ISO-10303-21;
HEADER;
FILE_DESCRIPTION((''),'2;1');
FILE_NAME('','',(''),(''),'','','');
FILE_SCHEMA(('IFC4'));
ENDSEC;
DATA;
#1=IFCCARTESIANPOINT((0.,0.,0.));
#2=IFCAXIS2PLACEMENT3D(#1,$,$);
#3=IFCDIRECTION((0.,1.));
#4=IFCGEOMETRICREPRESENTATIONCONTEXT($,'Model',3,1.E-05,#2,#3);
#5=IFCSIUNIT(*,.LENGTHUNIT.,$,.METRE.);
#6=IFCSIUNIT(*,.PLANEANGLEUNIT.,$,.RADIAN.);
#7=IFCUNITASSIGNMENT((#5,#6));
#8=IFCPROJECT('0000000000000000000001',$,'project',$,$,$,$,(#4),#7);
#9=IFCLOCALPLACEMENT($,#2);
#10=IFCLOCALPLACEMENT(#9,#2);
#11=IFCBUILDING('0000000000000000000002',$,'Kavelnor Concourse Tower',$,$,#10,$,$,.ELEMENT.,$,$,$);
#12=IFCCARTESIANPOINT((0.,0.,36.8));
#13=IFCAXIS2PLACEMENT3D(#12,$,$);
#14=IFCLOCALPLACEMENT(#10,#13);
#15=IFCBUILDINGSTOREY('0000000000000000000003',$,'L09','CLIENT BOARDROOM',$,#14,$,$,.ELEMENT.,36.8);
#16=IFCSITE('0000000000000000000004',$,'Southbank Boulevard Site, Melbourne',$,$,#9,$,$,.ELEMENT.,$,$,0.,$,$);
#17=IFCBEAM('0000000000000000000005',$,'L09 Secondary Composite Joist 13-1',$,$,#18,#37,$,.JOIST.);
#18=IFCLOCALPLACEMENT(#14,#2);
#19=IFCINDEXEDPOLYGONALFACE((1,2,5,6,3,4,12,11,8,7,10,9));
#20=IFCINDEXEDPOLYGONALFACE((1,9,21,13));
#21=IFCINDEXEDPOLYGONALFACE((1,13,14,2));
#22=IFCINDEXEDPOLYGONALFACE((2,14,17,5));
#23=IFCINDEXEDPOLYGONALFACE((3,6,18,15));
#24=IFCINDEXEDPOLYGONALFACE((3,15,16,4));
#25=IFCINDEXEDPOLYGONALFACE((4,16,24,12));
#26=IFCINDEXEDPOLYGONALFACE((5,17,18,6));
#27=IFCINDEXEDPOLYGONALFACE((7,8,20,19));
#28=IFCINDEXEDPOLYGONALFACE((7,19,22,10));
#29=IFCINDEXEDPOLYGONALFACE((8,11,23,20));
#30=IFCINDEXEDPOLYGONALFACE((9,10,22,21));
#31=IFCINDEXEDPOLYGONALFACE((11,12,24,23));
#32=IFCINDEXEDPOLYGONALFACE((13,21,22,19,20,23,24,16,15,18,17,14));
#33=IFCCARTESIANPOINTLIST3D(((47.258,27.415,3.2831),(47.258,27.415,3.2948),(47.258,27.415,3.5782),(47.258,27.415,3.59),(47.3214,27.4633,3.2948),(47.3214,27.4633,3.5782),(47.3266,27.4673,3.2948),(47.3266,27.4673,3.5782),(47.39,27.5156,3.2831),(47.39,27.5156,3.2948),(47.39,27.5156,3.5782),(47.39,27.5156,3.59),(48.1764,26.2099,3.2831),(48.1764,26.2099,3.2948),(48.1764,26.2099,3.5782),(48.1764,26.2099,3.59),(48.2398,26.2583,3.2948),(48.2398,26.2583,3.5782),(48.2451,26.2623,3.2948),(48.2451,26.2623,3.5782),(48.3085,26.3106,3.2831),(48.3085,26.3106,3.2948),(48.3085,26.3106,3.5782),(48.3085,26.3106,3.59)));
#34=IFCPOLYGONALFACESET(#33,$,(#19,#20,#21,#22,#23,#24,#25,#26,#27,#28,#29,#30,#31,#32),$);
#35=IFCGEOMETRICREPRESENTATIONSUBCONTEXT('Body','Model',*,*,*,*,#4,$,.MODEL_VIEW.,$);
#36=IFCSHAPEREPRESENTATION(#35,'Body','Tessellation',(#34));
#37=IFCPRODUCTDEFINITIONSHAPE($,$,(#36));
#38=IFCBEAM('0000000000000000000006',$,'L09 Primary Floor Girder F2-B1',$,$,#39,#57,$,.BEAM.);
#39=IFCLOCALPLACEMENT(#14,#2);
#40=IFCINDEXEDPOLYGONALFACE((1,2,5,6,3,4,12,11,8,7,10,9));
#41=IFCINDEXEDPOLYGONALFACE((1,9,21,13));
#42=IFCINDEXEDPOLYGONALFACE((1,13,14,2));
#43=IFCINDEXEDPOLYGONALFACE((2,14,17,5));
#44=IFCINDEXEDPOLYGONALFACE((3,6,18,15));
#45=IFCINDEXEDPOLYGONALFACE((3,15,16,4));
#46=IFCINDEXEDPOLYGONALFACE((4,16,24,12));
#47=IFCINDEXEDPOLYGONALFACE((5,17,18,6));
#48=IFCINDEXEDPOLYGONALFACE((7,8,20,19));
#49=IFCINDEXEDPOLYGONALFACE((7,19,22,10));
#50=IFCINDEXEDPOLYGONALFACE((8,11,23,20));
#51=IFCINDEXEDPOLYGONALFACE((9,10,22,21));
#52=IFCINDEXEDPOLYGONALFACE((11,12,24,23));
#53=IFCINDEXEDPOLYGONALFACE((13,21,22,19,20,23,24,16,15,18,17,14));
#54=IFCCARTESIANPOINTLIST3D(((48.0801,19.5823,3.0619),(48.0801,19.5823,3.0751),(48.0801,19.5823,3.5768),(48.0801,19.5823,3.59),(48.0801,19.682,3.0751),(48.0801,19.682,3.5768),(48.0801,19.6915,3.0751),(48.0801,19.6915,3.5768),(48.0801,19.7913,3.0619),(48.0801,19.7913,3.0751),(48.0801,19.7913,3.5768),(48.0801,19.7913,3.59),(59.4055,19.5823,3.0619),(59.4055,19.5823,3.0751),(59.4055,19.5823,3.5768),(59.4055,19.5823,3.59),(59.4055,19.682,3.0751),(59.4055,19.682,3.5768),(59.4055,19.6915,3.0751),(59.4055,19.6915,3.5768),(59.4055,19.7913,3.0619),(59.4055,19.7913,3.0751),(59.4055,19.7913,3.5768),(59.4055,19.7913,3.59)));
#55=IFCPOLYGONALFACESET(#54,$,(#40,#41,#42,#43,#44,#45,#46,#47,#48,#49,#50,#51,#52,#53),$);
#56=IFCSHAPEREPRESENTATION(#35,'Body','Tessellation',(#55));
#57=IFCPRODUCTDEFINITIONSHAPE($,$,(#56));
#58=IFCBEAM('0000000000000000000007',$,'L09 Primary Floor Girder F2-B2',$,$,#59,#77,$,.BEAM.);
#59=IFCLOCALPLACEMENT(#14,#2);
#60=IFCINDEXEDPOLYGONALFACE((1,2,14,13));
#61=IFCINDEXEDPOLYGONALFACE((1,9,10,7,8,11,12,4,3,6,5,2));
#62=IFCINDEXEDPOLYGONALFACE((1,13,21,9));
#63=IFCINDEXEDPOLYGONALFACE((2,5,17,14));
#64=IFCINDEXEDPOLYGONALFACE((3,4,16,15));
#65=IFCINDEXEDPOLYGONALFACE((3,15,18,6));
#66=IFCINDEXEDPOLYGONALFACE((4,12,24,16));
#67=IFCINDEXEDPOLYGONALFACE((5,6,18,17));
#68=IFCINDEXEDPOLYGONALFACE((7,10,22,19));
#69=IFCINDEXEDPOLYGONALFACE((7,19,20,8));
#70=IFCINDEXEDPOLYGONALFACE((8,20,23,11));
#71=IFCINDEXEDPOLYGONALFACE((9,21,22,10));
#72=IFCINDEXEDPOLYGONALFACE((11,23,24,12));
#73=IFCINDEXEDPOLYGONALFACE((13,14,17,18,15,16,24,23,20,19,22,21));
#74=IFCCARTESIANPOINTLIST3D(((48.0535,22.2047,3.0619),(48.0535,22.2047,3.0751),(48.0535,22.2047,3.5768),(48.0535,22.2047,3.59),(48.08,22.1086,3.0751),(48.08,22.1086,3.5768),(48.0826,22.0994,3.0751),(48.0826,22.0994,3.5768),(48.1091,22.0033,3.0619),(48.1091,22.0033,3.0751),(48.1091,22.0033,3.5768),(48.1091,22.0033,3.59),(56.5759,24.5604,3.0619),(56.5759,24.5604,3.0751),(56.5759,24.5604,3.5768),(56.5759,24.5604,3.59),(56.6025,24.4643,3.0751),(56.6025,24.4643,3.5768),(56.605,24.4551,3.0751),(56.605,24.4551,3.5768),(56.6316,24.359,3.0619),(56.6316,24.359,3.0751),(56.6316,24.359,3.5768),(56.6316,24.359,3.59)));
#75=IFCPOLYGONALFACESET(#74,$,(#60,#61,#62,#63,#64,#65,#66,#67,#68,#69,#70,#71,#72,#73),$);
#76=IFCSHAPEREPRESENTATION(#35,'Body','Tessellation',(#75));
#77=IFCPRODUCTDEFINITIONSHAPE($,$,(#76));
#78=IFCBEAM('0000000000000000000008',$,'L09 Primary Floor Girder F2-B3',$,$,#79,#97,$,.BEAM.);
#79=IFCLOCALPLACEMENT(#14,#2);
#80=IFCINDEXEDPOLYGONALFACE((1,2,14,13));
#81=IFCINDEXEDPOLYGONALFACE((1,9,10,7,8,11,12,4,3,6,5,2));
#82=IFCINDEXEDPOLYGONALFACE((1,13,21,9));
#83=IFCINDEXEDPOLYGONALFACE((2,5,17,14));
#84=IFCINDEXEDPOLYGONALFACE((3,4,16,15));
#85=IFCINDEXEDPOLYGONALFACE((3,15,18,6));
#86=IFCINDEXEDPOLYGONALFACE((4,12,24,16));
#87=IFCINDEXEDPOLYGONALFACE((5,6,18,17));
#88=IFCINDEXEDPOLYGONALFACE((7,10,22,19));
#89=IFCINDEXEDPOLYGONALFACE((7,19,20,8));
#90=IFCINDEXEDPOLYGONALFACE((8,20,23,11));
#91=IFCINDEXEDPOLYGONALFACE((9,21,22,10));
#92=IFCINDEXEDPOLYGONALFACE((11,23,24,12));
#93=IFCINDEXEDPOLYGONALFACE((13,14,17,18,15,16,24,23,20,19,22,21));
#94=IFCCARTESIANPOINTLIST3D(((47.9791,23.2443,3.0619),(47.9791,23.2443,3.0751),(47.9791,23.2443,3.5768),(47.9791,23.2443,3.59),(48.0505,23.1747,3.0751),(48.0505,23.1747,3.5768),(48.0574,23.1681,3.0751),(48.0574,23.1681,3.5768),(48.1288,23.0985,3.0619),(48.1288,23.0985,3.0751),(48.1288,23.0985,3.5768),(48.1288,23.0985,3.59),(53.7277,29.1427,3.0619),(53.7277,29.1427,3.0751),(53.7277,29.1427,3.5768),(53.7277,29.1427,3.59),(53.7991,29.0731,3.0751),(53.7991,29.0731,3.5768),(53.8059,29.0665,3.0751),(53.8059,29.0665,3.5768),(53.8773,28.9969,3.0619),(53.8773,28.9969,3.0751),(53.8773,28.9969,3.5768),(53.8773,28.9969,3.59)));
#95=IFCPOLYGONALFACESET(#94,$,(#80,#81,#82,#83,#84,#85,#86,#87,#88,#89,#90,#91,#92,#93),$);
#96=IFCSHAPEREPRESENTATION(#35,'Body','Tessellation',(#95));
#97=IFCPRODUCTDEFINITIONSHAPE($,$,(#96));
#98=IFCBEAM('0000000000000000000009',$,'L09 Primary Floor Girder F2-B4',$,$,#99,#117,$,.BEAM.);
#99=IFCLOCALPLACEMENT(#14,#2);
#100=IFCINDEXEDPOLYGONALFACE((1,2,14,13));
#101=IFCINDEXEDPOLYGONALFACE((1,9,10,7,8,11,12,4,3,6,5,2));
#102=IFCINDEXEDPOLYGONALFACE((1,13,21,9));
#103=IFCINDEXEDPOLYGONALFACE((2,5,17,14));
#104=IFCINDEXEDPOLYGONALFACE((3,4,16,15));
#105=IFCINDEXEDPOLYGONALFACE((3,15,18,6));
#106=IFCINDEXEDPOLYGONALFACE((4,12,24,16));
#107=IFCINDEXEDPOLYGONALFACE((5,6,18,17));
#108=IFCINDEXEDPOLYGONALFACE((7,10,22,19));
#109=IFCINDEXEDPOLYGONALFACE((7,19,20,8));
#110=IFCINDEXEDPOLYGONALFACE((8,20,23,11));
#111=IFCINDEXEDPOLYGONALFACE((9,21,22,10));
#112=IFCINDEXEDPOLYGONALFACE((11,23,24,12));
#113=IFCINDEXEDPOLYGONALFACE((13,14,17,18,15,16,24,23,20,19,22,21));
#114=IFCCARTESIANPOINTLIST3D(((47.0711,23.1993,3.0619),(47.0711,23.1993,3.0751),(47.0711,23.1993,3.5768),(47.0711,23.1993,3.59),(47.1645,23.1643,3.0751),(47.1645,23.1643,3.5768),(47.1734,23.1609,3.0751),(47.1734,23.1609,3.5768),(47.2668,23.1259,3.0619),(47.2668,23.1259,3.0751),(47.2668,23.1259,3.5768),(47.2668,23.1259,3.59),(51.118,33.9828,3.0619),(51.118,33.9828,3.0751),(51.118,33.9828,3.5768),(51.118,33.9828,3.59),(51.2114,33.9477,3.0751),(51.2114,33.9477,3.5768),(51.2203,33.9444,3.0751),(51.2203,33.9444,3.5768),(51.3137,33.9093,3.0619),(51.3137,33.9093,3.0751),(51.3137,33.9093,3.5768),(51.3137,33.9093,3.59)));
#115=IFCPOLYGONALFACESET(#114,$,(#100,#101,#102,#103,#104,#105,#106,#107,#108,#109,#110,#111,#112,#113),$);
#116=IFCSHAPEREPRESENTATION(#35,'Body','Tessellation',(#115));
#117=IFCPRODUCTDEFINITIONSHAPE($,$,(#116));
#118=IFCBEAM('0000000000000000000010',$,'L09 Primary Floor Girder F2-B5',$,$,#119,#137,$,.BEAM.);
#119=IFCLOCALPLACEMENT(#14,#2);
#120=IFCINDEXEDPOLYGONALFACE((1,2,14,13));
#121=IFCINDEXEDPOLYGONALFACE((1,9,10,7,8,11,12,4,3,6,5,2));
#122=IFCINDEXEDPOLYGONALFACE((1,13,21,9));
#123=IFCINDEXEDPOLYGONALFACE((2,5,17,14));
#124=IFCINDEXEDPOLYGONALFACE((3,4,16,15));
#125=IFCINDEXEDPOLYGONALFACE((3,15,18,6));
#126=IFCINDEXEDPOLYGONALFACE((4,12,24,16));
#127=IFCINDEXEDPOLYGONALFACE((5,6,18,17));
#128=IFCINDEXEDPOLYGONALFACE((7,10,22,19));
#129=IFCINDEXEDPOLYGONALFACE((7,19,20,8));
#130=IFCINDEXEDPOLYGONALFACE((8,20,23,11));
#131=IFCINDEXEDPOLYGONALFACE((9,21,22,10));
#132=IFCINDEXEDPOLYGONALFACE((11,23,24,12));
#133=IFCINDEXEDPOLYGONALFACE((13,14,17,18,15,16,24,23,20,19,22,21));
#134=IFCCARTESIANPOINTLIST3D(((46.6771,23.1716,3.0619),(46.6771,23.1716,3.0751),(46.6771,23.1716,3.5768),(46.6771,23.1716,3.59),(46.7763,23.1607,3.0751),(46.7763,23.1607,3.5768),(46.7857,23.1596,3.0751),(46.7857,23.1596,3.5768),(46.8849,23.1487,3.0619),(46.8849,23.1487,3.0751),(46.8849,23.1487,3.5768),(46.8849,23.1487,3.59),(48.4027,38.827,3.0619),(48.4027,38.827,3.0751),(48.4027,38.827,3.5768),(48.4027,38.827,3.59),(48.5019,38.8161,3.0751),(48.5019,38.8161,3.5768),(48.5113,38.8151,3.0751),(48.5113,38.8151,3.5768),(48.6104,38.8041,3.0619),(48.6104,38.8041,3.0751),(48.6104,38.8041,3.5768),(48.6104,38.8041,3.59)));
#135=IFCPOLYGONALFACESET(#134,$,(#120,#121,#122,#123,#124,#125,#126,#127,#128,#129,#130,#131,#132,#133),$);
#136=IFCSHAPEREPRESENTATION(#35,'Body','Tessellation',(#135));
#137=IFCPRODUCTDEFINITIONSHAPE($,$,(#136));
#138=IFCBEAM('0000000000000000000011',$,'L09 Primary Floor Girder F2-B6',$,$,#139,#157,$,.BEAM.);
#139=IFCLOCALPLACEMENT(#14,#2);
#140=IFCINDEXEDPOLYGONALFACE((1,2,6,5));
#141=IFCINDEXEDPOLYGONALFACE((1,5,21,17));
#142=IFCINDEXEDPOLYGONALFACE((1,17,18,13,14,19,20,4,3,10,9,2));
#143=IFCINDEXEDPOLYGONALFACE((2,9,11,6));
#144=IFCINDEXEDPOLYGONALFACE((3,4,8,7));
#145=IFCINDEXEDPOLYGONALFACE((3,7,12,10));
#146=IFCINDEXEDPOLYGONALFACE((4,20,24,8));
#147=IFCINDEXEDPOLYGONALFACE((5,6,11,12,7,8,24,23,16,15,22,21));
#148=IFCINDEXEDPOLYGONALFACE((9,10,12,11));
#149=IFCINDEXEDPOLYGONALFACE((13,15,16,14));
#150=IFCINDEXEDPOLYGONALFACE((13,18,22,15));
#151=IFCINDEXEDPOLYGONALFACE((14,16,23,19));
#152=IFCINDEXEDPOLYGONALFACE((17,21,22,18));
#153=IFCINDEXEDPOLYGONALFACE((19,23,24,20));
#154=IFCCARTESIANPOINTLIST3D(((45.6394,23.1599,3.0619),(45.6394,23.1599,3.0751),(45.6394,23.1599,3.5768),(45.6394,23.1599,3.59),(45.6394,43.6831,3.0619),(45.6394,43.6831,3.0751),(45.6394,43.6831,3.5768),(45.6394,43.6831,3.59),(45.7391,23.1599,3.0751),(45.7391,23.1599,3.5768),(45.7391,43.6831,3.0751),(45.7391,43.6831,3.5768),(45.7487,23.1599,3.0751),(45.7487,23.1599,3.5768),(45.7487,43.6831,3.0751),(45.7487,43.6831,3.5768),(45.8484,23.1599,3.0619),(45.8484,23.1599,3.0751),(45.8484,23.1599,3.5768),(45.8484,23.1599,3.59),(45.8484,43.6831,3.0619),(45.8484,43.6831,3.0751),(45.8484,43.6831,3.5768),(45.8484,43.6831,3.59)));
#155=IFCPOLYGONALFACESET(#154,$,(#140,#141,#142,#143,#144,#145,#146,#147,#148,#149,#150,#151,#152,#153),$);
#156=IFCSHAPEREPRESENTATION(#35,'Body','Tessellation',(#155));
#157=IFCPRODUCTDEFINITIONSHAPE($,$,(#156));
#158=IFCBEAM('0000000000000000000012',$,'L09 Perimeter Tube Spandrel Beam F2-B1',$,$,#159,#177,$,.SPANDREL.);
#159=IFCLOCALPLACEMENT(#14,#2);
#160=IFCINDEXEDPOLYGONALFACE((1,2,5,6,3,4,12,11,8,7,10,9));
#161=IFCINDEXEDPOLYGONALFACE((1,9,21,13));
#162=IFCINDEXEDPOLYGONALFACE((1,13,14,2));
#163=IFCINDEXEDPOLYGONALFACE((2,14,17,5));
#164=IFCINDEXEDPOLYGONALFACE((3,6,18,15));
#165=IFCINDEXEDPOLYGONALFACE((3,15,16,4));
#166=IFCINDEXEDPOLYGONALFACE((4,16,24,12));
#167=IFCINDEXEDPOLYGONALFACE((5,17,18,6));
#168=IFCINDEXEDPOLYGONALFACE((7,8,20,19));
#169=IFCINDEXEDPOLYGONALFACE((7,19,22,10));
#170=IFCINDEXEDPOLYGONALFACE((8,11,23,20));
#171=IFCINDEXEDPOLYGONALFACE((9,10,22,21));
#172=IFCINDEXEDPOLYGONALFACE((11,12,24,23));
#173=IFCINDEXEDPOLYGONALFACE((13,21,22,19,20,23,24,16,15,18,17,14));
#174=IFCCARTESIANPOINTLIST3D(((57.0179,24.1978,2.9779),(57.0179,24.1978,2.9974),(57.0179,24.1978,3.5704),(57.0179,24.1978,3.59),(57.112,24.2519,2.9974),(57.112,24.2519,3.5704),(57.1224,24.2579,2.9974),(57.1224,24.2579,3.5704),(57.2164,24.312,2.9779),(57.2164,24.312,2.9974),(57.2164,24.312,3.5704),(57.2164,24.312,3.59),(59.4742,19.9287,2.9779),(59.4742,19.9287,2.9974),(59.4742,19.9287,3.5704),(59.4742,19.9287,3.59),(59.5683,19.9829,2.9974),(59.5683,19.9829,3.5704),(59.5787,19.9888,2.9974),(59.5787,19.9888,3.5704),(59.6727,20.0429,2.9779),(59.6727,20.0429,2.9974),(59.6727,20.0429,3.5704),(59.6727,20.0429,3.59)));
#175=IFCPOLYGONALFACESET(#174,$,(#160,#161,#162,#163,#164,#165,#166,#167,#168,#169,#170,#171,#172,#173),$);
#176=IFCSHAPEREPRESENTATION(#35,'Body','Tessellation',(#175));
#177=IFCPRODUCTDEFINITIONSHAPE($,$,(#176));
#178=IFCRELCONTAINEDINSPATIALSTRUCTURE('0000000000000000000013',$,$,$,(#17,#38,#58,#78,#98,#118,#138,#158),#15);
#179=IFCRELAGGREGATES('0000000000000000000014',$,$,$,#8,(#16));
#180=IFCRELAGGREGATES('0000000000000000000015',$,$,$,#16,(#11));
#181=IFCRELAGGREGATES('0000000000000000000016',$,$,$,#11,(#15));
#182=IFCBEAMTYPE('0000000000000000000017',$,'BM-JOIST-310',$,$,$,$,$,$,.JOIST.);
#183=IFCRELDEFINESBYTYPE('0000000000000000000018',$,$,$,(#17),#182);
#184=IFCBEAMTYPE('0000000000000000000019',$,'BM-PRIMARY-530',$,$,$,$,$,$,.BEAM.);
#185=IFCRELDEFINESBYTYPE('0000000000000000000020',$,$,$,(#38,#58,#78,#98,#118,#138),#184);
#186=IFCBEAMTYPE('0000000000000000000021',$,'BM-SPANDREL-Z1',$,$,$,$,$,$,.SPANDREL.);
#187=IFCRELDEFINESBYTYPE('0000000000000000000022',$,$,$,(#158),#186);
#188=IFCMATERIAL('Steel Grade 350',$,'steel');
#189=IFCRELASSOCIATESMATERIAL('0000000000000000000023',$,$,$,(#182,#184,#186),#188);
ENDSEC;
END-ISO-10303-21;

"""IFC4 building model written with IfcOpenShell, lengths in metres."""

from ifc_helpers import new_model, si_unit, direction, frame, origin, origin_2d, place, context, subcontext, project, spatial, i_section, extrude, material, material_profile, profile_set, type_object, element, save


model = new_model("IFC4")

# Units and contexts
model_context = context("Model", 3, precision=1e-05, world=origin(), true_north=direction((0.0, 1.0)))
body_context = subcontext(model_context, "Body", "Model", "MODEL_VIEW")
ifc_project = project(units=[si_unit("LENGTHUNIT", "METRE"), si_unit("PLANEANGLEUNIT", "RADIAN")], contexts=[model_context])

# Site, building, storey
site_placement = place(None, origin())
site = spatial("IfcSite", under=ifc_project, at=site_placement, Name="Southbank Boulevard Site, Melbourne", CompositionType="ELEMENT", RefElevation=0.0)
building_placement = place(site_placement, origin())
building = spatial("IfcBuilding", under=site, at=building_placement, Name="Kavelnor Concourse Tower", CompositionType="ELEMENT")
storey_placement = place(building_placement, frame((0.0, 0.0, 36.8)))
storey = spatial("IfcBuildingStorey", under=building, at=storey_placement, Name="L09", Description="CLIENT BOARDROOM", CompositionType="ELEMENT", Elevation=36.8)

# Shared definitions
ifc_material_1 = material(Name="Steel Grade 350", Category="steel")

# Beams
ifc_material_profile_1 = material_profile(ifc_material_1, i_section(OverallWidth=0.166, OverallDepth=0.3069, WebThickness=0.0066, FlangeThickness=0.0117, at=origin_2d()), Name="310UB46")
ifc_profile_set_1 = profile_set([ifc_material_profile_1], Name="Steel Grade 350")
beam_type_1 = type_object("IfcBeamType", Name="BM-JOIST-310", PredefinedType="JOIST", material=ifc_profile_set_1)
beam_1_placement = place(storey_placement, frame((48.2424, 26.2603, 3.4365), z_axis=(-0.606169, 0.795336, 0.0), x_axis=(-0.795336, -0.606169, 0.0)))
element("IfcBeam", 1, at=beam_1_placement, inside=storey, type_object=beam_type_1, Name="L09 Secondary Composite Joist 13-1", PredefinedType="JOIST", context=body_context, shape_type="SweptSolid", body=[
    extrude(i_section(OverallWidth=0.166, OverallDepth=0.3069, WebThickness=0.0066, FlangeThickness=0.0117, at=origin_2d()), origin(), (0.0, 0.0, 1.0), 1.5151),
])
ifc_material_profile_2 = material_profile(ifc_material_1, i_section(OverallWidth=0.209, OverallDepth=0.5281, WebThickness=0.0095, FlangeThickness=0.0132, at=origin_2d()), Name="530UB82")
ifc_profile_set_2 = profile_set([ifc_material_profile_2], Name="Steel Grade 350")
beam_type_2 = type_object("IfcBeamType", Name="BM-PRIMARY-530", PredefinedType="BEAM", material=ifc_profile_set_2)
beam_2_placement = place(storey_placement, frame((48.0801, 19.6868, 3.3259), z_axis=(1.0, 0.0, 0.0), x_axis=(0.0, 1.0, 0.0)))
element("IfcBeam", 2, at=beam_2_placement, inside=storey, type_object=beam_type_2, Name="L09 Primary Floor Girder F2-B1", PredefinedType="BEAM", context=body_context, shape_type="SweptSolid", body=[
    extrude(i_section(OverallWidth=0.209, OverallDepth=0.5281, WebThickness=0.0095, FlangeThickness=0.0132, at=origin_2d()), origin(), (0.0, 0.0, 1.0), 11.3254),
])
beam_3_placement = place(storey_placement, frame((48.0813, 22.104, 3.3259), z_axis=(0.963857, 0.266422, 0.0), x_axis=(-0.266422, 0.963857, 0.0)))
element("IfcBeam", 3, at=beam_3_placement, inside=storey, type_object=beam_type_2, Name="L09 Primary Floor Girder F2-B2", PredefinedType="BEAM", context=body_context, shape_type="SweptSolid", body=[
    extrude(i_section(OverallWidth=0.209, OverallDepth=0.5281, WebThickness=0.0095, FlangeThickness=0.0132, at=origin_2d()), origin(), (0.0, 0.0, 1.0), 8.842),
])
beam_4_placement = place(storey_placement, frame((48.054, 23.1714, 3.3259), z_axis=(0.697948, 0.716148, 0.0), x_axis=(-0.716148, 0.697948, 0.0)))
element("IfcBeam", 4, at=beam_4_placement, inside=storey, type_object=beam_type_2, Name="L09 Primary Floor Girder F2-B3", PredefinedType="BEAM", context=body_context, shape_type="SweptSolid", body=[
    extrude(i_section(OverallWidth=0.209, OverallDepth=0.5281, WebThickness=0.0095, FlangeThickness=0.0132, at=origin_2d()), origin(), (0.0, 0.0, 1.0), 8.2363),
])
beam_5_placement = place(storey_placement, frame((47.1689, 23.1626, 3.3259), z_axis=(0.351358, 0.936241, 0.0), x_axis=(-0.936241, 0.351358, 0.0)))
element("IfcBeam", 5, at=beam_5_placement, inside=storey, type_object=beam_type_2, Name="L09 Primary Floor Girder F2-B4", PredefinedType="BEAM", context=body_context, shape_type="SweptSolid", body=[
    extrude(i_section(OverallWidth=0.209, OverallDepth=0.5281, WebThickness=0.0095, FlangeThickness=0.0132, at=origin_2d()), origin(), (0.0, 0.0, 1.0), 11.5178),
])
beam_6_placement = place(storey_placement, frame((46.781, 23.1602, 3.3259), z_axis=(0.109559, 0.99398, 0.0), x_axis=(-0.99398, 0.109559, 0.0)))
element("IfcBeam", 6, at=beam_6_placement, inside=storey, type_object=beam_type_2, Name="L09 Primary Floor Girder F2-B5", PredefinedType="BEAM", context=body_context, shape_type="SweptSolid", body=[
    extrude(i_section(OverallWidth=0.209, OverallDepth=0.5281, WebThickness=0.0095, FlangeThickness=0.0132, at=origin_2d()), origin(), (0.0, 0.0, 1.0), 15.7502),
])
beam_7_placement = place(storey_placement, frame((45.7439, 23.1599, 3.3259), z_axis=(0.0, 1.0, 0.0), x_axis=(-1.0, 0.0, 0.0)))
element("IfcBeam", 7, at=beam_7_placement, inside=storey, type_object=beam_type_2, Name="L09 Primary Floor Girder F2-B6", PredefinedType="BEAM", context=body_context, shape_type="SweptSolid", body=[
    extrude(i_section(OverallWidth=0.209, OverallDepth=0.5281, WebThickness=0.0095, FlangeThickness=0.0132, at=origin_2d()), origin(), (0.0, 0.0, 1.0), 20.5232),
])
ifc_material_profile_3 = material_profile(ifc_material_1, i_section(OverallWidth=0.229, OverallDepth=0.6121, WebThickness=0.012, FlangeThickness=0.0195, at=origin_2d()), Name="610UB125")
ifc_profile_set_3 = profile_set([ifc_material_profile_3], Name="Steel Grade 350")
beam_type_3 = type_object("IfcBeamType", Name="BM-SPANDREL-Z1", PredefinedType="SPANDREL", material=ifc_profile_set_3)
beam_8_placement = place(storey_placement, frame((59.5735, 19.9858, 3.2839), z_axis=(-0.498715, 0.866766, 0.0), x_axis=(-0.866766, -0.498715, 0.0)))
element("IfcBeam", 8, at=beam_8_placement, inside=storey, type_object=beam_type_3, Name="L09 Perimeter Tube Spandrel Beam F2-B1", PredefinedType="SPANDREL", context=body_context, shape_type="SweptSolid", body=[
    extrude(i_section(OverallWidth=0.229, OverallDepth=0.6121, WebThickness=0.012, FlangeThickness=0.0195, at=origin_2d()), origin(), (0.0, 0.0, 1.0), 4.9253),
])

save(model, "model.ifc")
